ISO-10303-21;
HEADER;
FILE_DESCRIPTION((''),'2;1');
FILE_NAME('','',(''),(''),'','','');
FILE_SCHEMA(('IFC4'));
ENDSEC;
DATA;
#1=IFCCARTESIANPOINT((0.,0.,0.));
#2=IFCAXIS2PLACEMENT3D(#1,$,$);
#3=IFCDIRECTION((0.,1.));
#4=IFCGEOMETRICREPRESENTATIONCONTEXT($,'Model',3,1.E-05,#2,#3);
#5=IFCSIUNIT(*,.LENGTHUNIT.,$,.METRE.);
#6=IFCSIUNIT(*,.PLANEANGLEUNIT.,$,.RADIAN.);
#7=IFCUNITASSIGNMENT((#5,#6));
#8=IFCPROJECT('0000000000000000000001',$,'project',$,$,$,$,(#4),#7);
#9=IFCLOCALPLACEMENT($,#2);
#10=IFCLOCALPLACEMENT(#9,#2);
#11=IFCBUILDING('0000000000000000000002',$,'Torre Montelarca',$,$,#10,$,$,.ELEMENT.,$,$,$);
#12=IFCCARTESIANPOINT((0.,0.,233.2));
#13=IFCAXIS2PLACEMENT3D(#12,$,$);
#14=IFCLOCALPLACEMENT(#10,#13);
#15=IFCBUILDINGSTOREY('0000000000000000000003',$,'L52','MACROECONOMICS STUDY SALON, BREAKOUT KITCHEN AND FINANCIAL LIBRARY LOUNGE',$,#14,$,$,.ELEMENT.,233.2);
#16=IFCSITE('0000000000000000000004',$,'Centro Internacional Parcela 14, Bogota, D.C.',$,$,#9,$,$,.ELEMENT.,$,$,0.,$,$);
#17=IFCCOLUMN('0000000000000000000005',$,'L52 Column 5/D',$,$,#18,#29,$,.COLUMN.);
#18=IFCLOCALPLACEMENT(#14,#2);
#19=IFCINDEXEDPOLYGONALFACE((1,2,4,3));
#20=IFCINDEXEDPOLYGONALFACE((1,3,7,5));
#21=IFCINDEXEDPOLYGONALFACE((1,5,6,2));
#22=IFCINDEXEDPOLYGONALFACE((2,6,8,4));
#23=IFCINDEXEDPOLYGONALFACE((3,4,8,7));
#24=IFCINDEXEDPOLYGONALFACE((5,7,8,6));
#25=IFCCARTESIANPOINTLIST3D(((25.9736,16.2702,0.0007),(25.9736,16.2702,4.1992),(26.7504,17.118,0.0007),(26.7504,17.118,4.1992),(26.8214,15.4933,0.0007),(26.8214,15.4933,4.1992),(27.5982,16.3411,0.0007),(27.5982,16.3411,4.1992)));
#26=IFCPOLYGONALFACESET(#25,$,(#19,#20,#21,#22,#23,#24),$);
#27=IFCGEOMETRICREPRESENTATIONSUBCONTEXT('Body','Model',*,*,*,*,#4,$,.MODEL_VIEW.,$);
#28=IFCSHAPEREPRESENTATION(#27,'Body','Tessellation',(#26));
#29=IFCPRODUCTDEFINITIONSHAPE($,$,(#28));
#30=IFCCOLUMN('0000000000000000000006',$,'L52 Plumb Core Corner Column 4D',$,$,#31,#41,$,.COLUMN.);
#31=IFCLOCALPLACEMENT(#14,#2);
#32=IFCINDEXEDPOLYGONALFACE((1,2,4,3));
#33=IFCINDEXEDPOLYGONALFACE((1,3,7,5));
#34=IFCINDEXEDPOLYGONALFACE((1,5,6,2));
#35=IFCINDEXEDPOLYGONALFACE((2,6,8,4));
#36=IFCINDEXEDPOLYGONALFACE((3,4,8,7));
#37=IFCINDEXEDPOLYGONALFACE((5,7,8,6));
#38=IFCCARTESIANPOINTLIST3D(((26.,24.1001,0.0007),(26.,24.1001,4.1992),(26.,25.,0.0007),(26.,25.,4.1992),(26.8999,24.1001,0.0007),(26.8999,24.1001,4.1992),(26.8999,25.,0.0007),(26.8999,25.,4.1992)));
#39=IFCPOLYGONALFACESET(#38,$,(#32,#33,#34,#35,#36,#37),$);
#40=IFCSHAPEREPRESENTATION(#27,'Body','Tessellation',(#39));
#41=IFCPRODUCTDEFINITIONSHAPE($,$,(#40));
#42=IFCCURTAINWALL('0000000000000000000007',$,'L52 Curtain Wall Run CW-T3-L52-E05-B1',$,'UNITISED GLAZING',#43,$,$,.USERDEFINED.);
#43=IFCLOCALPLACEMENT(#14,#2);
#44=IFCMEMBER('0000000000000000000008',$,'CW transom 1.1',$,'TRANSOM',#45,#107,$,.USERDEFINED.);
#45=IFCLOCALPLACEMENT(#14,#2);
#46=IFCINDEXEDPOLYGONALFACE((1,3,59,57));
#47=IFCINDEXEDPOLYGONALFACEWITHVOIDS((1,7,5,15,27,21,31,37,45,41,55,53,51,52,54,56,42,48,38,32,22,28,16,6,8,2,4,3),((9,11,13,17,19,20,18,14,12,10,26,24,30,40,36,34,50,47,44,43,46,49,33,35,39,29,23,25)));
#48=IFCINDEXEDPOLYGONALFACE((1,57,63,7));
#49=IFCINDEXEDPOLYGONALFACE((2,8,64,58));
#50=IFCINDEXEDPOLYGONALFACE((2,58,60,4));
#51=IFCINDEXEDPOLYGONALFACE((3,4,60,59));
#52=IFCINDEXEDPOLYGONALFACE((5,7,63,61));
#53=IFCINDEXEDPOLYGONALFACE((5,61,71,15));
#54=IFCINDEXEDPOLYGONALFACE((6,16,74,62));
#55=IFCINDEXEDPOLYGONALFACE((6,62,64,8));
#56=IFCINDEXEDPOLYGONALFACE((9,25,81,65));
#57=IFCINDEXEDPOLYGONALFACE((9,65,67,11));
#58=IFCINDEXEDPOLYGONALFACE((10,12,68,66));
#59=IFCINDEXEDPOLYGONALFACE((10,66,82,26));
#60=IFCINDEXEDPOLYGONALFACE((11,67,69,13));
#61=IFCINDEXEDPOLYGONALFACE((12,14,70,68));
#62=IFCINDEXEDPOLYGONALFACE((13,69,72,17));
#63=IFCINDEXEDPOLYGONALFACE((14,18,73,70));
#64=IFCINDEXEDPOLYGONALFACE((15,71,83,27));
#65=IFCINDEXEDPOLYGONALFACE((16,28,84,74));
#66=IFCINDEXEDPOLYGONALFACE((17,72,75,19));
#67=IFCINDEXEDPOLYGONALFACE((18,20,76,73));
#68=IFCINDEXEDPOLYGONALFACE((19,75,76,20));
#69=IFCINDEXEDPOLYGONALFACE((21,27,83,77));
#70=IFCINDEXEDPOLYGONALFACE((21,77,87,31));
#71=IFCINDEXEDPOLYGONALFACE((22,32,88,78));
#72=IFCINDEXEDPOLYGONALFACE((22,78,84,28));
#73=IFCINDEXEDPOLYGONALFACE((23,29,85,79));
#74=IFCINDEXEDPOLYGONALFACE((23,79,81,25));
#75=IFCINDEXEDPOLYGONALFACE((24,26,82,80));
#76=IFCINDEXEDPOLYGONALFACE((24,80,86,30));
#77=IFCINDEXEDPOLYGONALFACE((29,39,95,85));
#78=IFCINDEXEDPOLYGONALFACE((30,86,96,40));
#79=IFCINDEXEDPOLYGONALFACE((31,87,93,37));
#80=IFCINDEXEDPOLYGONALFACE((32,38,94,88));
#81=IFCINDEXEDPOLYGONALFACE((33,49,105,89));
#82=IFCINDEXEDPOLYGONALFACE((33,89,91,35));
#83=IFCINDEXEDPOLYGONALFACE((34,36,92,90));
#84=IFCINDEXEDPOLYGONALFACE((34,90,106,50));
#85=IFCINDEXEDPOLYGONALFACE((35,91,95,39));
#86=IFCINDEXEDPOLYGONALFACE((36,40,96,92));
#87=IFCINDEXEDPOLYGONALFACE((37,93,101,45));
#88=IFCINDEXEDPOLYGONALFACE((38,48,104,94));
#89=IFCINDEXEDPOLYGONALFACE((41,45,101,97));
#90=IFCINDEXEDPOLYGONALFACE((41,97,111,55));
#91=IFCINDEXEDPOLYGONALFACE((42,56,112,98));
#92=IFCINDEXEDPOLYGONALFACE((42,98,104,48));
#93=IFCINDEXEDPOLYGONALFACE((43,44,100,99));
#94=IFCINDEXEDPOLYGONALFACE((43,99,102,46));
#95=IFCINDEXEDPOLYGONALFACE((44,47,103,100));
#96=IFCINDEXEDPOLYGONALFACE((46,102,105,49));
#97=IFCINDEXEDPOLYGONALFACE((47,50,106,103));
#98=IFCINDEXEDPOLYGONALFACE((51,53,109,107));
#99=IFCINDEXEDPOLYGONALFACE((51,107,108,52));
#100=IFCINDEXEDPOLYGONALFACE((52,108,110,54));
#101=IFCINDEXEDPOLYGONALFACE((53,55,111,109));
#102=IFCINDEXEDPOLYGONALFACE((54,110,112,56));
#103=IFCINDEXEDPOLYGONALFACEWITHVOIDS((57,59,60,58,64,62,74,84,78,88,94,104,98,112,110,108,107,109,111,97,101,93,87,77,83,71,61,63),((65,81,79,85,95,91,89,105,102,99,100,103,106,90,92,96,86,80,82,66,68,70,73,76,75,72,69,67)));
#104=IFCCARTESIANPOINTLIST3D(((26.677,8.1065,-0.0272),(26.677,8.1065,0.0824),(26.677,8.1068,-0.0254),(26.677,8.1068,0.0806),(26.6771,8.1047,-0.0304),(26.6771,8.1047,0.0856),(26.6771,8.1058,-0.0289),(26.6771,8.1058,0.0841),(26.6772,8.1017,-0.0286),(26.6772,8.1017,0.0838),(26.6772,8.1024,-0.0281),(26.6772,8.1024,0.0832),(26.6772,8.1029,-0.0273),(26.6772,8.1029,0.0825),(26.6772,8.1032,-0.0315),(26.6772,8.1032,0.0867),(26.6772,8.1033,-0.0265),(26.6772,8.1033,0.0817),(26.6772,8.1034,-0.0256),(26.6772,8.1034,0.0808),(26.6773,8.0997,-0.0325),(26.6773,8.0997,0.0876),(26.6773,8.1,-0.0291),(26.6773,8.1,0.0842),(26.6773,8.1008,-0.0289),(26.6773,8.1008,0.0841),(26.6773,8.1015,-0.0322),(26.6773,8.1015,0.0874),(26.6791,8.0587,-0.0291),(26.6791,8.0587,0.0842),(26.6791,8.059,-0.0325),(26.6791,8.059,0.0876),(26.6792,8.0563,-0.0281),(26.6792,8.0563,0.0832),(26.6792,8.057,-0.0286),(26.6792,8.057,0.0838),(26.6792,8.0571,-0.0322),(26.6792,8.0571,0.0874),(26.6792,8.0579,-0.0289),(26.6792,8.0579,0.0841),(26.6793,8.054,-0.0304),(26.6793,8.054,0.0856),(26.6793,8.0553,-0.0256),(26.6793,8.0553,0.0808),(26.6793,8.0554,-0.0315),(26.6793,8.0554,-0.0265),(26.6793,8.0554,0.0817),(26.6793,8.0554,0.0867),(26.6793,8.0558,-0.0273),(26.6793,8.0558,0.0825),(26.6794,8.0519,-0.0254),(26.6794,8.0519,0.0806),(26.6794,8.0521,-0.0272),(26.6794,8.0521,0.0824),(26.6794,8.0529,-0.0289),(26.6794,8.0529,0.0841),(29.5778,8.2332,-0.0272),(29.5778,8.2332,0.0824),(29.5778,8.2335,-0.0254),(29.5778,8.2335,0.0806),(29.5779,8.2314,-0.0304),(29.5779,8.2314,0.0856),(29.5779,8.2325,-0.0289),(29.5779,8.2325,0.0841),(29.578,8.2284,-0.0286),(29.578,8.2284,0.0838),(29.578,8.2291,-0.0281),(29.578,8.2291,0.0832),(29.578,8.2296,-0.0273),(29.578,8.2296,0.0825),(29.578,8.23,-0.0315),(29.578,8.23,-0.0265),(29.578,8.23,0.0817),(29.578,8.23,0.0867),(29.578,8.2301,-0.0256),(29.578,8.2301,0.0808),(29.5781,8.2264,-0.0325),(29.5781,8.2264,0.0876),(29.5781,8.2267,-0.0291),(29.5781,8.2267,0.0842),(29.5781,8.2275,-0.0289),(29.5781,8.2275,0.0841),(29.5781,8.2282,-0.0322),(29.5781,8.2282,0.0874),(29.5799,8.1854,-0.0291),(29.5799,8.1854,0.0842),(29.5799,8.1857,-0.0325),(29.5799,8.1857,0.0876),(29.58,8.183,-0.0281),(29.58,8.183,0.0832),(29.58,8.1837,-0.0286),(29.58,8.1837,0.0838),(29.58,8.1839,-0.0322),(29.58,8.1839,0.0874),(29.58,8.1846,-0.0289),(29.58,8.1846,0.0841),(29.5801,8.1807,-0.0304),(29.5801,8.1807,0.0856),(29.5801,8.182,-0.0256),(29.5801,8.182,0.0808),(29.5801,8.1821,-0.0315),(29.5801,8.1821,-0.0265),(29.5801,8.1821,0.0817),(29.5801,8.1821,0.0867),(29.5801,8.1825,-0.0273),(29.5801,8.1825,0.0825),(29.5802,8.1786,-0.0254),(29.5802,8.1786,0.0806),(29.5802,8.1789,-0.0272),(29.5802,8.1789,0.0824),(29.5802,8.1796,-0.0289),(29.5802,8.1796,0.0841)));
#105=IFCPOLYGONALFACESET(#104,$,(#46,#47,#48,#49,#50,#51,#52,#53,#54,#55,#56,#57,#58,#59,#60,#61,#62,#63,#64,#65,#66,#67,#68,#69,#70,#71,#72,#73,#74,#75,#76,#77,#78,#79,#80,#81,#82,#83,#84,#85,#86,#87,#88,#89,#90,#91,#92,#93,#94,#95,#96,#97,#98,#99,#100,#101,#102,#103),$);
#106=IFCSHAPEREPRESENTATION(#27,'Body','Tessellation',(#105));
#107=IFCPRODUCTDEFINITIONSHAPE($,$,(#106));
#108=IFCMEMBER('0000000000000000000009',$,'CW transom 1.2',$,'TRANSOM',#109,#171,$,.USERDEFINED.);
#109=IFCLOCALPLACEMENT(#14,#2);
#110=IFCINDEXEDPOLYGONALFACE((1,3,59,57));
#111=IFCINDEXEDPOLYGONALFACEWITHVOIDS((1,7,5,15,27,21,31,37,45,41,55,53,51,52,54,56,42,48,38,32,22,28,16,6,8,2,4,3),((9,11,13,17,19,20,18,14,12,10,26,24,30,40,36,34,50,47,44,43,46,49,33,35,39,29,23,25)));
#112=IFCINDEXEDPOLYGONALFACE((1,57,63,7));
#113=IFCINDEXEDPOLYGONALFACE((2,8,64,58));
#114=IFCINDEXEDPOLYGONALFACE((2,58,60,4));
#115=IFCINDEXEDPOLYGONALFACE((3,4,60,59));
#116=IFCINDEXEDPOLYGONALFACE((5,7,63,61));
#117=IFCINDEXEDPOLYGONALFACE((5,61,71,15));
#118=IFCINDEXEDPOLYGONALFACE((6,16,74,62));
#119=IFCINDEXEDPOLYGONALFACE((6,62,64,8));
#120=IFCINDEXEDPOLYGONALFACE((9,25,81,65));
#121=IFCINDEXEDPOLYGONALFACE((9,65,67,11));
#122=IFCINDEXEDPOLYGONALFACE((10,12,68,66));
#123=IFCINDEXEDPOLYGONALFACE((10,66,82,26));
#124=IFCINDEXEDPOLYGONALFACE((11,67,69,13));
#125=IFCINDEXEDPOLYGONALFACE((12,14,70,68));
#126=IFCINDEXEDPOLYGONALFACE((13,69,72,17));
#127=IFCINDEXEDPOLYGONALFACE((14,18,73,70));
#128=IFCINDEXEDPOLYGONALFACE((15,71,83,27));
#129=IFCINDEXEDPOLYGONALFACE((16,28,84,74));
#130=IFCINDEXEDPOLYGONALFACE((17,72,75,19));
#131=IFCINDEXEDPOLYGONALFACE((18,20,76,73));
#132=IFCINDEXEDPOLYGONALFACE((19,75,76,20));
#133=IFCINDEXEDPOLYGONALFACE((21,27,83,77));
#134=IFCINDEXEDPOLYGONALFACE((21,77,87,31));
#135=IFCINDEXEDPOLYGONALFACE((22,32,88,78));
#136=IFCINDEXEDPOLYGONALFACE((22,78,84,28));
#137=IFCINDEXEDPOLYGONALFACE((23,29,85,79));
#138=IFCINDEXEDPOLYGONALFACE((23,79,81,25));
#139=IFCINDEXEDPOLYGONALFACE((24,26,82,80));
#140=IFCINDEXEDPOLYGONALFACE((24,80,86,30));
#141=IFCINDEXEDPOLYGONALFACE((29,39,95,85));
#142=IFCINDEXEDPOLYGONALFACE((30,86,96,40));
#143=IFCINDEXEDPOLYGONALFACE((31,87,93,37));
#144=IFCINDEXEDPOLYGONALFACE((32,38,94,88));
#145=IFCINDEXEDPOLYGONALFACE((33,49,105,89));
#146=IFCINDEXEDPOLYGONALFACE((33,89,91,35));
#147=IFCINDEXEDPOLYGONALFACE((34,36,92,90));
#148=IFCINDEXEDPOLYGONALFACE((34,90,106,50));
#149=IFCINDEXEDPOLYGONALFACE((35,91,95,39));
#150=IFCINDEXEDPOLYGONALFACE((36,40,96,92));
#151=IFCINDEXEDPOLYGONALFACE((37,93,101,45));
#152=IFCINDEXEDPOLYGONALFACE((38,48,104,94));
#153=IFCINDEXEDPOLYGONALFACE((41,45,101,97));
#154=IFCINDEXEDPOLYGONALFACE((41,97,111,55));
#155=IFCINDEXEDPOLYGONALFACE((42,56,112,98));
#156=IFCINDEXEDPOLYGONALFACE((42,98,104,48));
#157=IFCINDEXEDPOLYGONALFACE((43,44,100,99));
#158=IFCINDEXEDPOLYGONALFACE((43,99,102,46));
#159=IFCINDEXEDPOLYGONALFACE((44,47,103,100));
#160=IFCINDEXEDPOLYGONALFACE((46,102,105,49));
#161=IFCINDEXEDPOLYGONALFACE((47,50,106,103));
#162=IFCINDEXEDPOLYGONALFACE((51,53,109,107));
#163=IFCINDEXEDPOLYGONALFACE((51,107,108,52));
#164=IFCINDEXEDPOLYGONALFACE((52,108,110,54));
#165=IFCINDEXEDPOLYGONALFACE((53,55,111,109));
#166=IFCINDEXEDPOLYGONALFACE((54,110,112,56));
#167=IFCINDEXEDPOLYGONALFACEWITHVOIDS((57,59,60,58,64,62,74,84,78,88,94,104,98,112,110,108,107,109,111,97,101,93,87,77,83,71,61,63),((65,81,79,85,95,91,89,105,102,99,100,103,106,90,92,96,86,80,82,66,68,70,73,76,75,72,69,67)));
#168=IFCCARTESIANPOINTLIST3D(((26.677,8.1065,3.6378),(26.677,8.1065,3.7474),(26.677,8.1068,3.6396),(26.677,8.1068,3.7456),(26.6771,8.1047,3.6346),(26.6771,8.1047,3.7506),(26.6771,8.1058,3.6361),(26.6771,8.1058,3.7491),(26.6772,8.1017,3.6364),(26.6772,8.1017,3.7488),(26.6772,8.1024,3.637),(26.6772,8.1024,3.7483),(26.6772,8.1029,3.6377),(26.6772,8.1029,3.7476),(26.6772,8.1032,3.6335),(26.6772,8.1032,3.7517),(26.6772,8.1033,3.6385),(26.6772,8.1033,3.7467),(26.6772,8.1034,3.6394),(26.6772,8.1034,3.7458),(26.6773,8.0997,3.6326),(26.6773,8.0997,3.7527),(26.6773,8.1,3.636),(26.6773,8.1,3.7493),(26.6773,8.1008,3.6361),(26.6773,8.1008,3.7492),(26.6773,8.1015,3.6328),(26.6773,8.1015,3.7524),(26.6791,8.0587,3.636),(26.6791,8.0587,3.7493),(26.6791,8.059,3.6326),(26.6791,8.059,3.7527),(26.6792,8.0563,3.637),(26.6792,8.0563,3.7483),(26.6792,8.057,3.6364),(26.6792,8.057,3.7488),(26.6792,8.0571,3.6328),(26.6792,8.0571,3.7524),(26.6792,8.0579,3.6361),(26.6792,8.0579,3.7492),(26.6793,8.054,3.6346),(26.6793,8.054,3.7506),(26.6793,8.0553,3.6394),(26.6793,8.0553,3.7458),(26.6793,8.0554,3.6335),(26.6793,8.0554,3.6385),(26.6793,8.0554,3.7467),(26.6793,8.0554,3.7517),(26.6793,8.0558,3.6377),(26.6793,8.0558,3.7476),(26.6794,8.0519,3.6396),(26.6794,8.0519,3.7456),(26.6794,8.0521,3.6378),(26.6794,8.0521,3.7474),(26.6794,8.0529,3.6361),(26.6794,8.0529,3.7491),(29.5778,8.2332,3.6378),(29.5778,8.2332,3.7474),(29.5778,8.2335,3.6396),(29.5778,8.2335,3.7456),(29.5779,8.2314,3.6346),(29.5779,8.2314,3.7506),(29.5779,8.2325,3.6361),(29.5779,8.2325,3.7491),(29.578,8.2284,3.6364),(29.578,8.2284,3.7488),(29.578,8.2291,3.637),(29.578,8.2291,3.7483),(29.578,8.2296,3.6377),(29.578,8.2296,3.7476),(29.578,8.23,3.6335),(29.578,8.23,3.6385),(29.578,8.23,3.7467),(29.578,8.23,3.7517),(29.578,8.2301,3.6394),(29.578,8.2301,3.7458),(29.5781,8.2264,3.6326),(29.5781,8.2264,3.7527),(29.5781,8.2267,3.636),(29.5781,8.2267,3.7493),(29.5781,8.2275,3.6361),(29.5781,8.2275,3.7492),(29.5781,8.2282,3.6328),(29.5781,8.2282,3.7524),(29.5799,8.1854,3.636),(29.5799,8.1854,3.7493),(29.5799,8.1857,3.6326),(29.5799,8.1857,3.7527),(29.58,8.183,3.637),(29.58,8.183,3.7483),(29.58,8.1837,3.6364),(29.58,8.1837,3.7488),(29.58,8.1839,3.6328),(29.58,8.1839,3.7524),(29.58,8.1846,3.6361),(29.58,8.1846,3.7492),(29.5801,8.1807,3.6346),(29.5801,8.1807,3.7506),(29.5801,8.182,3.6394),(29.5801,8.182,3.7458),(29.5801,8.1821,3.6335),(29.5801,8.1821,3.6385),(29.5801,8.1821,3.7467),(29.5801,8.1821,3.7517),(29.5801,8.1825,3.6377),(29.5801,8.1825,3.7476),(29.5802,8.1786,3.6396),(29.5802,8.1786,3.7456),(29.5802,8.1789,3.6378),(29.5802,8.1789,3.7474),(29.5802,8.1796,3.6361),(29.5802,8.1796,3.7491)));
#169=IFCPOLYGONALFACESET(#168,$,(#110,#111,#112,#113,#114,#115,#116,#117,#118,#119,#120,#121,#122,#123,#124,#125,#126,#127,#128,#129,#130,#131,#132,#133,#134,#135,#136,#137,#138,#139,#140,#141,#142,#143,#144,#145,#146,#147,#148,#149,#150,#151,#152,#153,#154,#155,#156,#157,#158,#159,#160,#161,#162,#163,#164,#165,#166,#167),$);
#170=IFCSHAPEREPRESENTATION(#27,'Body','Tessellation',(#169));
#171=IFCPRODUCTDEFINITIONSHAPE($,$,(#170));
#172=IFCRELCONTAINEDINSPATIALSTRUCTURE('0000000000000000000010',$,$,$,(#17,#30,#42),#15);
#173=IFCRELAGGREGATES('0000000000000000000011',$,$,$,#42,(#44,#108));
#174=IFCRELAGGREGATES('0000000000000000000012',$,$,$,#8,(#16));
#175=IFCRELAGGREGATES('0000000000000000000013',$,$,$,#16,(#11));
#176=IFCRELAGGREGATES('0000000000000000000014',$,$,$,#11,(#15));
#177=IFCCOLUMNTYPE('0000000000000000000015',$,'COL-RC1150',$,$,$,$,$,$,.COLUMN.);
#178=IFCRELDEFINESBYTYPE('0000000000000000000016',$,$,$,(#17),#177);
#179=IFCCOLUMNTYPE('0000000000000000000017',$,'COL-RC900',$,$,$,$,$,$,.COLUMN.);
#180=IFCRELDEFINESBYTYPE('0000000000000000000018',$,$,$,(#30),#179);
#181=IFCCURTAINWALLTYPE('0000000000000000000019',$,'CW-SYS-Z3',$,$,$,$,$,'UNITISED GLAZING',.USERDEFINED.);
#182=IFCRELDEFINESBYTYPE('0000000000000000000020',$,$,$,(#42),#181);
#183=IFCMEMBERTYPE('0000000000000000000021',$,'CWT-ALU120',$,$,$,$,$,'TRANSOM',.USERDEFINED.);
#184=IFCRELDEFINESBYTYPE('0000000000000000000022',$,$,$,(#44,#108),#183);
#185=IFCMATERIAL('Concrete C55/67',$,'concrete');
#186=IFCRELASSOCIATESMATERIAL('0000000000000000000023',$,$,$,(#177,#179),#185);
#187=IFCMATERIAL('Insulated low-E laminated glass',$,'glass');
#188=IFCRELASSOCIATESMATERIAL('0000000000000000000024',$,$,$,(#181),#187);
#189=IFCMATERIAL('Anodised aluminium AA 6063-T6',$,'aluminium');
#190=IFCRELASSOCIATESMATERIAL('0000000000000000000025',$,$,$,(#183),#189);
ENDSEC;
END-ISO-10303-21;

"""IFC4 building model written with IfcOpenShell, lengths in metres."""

from ifc_helpers import new_model, si_unit, direction, frame, origin, origin_2d, place, context, subcontext, project, spatial, rectangle, hollow_rectangle, extrude, source, transform, mapped, material, material_profile, profile_set, type_object, element, aggregate, save


model = new_model("IFC4")

# Units and contexts
model_context = context("Model", 3, precision=1e-05, world=origin(), true_north=direction((0.0, 1.0)))
body_context = subcontext(model_context, "Body", "Model", "MODEL_VIEW")
ifc_project = project(units=[si_unit("LENGTHUNIT", "METRE"), si_unit("PLANEANGLEUNIT", "RADIAN")], contexts=[model_context])

# Site, building, storey
site_placement = place(None, origin())
site = spatial("IfcSite", under=ifc_project, at=site_placement, Name="Centro Internacional Parcela 14, Bogota, D.C.", CompositionType="ELEMENT", RefElevation=0.0)
building_placement = place(site_placement, origin())
building = spatial("IfcBuilding", under=site, at=building_placement, Name="Torre Montelarca", CompositionType="ELEMENT")
storey_placement = place(building_placement, frame((0.0, 0.0, 233.2)))
storey = spatial("IfcBuildingStorey", under=building, at=storey_placement, Name="L52", Description="MACROECONOMICS STUDY SALON, BREAKOUT KITCHEN AND FINANCIAL LIBRARY LOUNGE", CompositionType="ELEMENT", Elevation=233.2)

# Columns
ifc_material_1 = material(Name="Concrete C55/67", Category="concrete")
ifc_material_profile_1 = material_profile(ifc_material_1, rectangle(XDim=1.1499, YDim=1.1499, at=origin_2d()), Name="RC1150X1150", Category="concrete")
ifc_profile_set_1 = profile_set([ifc_material_profile_1], Name="Concrete C55/67")
column_type_1 = type_object("IfcColumnType", Name="COL-RC1150", PredefinedType="COLUMN", material=ifc_profile_set_1)
shared_shape_1 = source(origin(), body_context, "Body", "SweptSolid", [
    extrude(rectangle(XDim=1.1499, YDim=1.1499, at=origin_2d()), origin(), (0.0, 0.0, 1.0), 4.1985),
])
column_1_placement = place(storey_placement, frame((26.7859, 16.3057, 0.0007), z_axis=(0.0, 0.0, 1.0), x_axis=(-0.737277, 0.67559, 0.0)))
element("IfcColumn", 1, at=column_1_placement, inside=storey, type_object=column_type_1, Name="L52 Column 5/D", PredefinedType="COLUMN", context=body_context, shape_type="MappedRepresentation", body=[
    mapped(shared_shape_1, transform((0.0, 0.0, 0.0), scale=1.0)),
])
ifc_material_profile_2 = material_profile(ifc_material_1, rectangle(XDim=0.8999, YDim=0.8999, at=origin_2d()), Name="RC900X900", Category="concrete")
ifc_profile_set_2 = profile_set([ifc_material_profile_2], Name="Concrete C55/67")
column_type_2 = type_object("IfcColumnType", Name="COL-RC900", PredefinedType="COLUMN", material=ifc_profile_set_2)
shared_shape_2 = source(origin(), body_context, "Body", "SweptSolid", [
    extrude(rectangle(XDim=0.8999, YDim=0.8999, at=origin_2d()), origin(), (0.0, 0.0, 1.0), 4.1985),
])
column_2_placement = place(storey_placement, frame((26.45, 24.55, 0.0007), z_axis=(0.0, 0.0, 1.0), x_axis=(1.0, 0.0, 0.0)))
element("IfcColumn", 2, at=column_2_placement, inside=storey, type_object=column_type_2, Name="L52 Plumb Core Corner Column 4D", PredefinedType="COLUMN", context=body_context, shape_type="MappedRepresentation", body=[
    mapped(shared_shape_2, transform((0.0, 0.0, 0.0), scale=1.0)),
])

# Curtain wall, members
ifc_material_2 = material(Name="Insulated low-E laminated glass", Category="glass")
curtain_wall_type = type_object("IfcCurtainWallType", Name="CW-SYS-Z3", ElementType="UNITISED GLAZING", PredefinedType="USERDEFINED", material=ifc_material_2)
curtain_wall_1_placement = place(storey_placement, origin())
curtain_wall_1 = element("IfcCurtainWall", 3, at=curtain_wall_1_placement, inside=storey, type_object=curtain_wall_type, Name="L52 Curtain Wall Run CW-T3-L52-E05-B1", ObjectType="UNITISED GLAZING", PredefinedType="USERDEFINED")
ifc_material_3 = material(Name="Anodised aluminium AA 6063-T6", Category="aluminium")
ifc_material_profile_3 = material_profile(ifc_material_3, hollow_rectangle(XDim=0.0549, YDim=0.1201, WallThickness=0.0034, InnerFilletRadius=0.0034, OuterFilletRadius=0.0071, at=origin_2d()), Name="ALU55X120X3.5", Category="aluminium")
ifc_profile_set_3 = profile_set([ifc_material_profile_3], Name="Anodised aluminium AA 6063-T6")
member_type_1 = type_object("IfcMemberType", Name="CWT-ALU120", ElementType="TRANSOM", PredefinedType="USERDEFINED", material=ifc_profile_set_3)
shared_shape_3 = source(origin(), body_context, "Body", "SweptSolid", [
    extrude(hollow_rectangle(XDim=0.0549, YDim=0.1201, WallThickness=0.0034, InnerFilletRadius=0.0034, OuterFilletRadius=0.0071, at=origin_2d()), origin(), (0.0, 0.0, 1.0), 2.9036),
])
member_1_placement = place(storey_placement, frame((26.6782, 8.0793, 0.0276), z_axis=(0.999047, 0.043638, 0.0), x_axis=(-0.043638, 0.999047, 0.0)))
member_1 = element("IfcMember", 4, at=member_1_placement, type_object=member_type_1, Name="CW transom 1.1", ObjectType="TRANSOM", PredefinedType="USERDEFINED", context=body_context, shape_type="MappedRepresentation", body=[
    mapped(shared_shape_3, transform((0.0, 0.0, 0.0), scale=1.0)),
])
member_2_placement = place(storey_placement, frame((26.6782, 8.0793, 3.6926), z_axis=(0.999047, 0.043638, 0.0), x_axis=(-0.043638, 0.999047, 0.0)))
member_2 = element("IfcMember", 5, at=member_2_placement, type_object=member_type_1, Name="CW transom 1.2", ObjectType="TRANSOM", PredefinedType="USERDEFINED", context=body_context, shape_type="MappedRepresentation", body=[
    mapped(shared_shape_3, transform((0.0, 0.0, 0.0), scale=1.0)),
])

aggregate(curtain_wall_1, [member_1, member_2])

save(model, "model.ifc")
